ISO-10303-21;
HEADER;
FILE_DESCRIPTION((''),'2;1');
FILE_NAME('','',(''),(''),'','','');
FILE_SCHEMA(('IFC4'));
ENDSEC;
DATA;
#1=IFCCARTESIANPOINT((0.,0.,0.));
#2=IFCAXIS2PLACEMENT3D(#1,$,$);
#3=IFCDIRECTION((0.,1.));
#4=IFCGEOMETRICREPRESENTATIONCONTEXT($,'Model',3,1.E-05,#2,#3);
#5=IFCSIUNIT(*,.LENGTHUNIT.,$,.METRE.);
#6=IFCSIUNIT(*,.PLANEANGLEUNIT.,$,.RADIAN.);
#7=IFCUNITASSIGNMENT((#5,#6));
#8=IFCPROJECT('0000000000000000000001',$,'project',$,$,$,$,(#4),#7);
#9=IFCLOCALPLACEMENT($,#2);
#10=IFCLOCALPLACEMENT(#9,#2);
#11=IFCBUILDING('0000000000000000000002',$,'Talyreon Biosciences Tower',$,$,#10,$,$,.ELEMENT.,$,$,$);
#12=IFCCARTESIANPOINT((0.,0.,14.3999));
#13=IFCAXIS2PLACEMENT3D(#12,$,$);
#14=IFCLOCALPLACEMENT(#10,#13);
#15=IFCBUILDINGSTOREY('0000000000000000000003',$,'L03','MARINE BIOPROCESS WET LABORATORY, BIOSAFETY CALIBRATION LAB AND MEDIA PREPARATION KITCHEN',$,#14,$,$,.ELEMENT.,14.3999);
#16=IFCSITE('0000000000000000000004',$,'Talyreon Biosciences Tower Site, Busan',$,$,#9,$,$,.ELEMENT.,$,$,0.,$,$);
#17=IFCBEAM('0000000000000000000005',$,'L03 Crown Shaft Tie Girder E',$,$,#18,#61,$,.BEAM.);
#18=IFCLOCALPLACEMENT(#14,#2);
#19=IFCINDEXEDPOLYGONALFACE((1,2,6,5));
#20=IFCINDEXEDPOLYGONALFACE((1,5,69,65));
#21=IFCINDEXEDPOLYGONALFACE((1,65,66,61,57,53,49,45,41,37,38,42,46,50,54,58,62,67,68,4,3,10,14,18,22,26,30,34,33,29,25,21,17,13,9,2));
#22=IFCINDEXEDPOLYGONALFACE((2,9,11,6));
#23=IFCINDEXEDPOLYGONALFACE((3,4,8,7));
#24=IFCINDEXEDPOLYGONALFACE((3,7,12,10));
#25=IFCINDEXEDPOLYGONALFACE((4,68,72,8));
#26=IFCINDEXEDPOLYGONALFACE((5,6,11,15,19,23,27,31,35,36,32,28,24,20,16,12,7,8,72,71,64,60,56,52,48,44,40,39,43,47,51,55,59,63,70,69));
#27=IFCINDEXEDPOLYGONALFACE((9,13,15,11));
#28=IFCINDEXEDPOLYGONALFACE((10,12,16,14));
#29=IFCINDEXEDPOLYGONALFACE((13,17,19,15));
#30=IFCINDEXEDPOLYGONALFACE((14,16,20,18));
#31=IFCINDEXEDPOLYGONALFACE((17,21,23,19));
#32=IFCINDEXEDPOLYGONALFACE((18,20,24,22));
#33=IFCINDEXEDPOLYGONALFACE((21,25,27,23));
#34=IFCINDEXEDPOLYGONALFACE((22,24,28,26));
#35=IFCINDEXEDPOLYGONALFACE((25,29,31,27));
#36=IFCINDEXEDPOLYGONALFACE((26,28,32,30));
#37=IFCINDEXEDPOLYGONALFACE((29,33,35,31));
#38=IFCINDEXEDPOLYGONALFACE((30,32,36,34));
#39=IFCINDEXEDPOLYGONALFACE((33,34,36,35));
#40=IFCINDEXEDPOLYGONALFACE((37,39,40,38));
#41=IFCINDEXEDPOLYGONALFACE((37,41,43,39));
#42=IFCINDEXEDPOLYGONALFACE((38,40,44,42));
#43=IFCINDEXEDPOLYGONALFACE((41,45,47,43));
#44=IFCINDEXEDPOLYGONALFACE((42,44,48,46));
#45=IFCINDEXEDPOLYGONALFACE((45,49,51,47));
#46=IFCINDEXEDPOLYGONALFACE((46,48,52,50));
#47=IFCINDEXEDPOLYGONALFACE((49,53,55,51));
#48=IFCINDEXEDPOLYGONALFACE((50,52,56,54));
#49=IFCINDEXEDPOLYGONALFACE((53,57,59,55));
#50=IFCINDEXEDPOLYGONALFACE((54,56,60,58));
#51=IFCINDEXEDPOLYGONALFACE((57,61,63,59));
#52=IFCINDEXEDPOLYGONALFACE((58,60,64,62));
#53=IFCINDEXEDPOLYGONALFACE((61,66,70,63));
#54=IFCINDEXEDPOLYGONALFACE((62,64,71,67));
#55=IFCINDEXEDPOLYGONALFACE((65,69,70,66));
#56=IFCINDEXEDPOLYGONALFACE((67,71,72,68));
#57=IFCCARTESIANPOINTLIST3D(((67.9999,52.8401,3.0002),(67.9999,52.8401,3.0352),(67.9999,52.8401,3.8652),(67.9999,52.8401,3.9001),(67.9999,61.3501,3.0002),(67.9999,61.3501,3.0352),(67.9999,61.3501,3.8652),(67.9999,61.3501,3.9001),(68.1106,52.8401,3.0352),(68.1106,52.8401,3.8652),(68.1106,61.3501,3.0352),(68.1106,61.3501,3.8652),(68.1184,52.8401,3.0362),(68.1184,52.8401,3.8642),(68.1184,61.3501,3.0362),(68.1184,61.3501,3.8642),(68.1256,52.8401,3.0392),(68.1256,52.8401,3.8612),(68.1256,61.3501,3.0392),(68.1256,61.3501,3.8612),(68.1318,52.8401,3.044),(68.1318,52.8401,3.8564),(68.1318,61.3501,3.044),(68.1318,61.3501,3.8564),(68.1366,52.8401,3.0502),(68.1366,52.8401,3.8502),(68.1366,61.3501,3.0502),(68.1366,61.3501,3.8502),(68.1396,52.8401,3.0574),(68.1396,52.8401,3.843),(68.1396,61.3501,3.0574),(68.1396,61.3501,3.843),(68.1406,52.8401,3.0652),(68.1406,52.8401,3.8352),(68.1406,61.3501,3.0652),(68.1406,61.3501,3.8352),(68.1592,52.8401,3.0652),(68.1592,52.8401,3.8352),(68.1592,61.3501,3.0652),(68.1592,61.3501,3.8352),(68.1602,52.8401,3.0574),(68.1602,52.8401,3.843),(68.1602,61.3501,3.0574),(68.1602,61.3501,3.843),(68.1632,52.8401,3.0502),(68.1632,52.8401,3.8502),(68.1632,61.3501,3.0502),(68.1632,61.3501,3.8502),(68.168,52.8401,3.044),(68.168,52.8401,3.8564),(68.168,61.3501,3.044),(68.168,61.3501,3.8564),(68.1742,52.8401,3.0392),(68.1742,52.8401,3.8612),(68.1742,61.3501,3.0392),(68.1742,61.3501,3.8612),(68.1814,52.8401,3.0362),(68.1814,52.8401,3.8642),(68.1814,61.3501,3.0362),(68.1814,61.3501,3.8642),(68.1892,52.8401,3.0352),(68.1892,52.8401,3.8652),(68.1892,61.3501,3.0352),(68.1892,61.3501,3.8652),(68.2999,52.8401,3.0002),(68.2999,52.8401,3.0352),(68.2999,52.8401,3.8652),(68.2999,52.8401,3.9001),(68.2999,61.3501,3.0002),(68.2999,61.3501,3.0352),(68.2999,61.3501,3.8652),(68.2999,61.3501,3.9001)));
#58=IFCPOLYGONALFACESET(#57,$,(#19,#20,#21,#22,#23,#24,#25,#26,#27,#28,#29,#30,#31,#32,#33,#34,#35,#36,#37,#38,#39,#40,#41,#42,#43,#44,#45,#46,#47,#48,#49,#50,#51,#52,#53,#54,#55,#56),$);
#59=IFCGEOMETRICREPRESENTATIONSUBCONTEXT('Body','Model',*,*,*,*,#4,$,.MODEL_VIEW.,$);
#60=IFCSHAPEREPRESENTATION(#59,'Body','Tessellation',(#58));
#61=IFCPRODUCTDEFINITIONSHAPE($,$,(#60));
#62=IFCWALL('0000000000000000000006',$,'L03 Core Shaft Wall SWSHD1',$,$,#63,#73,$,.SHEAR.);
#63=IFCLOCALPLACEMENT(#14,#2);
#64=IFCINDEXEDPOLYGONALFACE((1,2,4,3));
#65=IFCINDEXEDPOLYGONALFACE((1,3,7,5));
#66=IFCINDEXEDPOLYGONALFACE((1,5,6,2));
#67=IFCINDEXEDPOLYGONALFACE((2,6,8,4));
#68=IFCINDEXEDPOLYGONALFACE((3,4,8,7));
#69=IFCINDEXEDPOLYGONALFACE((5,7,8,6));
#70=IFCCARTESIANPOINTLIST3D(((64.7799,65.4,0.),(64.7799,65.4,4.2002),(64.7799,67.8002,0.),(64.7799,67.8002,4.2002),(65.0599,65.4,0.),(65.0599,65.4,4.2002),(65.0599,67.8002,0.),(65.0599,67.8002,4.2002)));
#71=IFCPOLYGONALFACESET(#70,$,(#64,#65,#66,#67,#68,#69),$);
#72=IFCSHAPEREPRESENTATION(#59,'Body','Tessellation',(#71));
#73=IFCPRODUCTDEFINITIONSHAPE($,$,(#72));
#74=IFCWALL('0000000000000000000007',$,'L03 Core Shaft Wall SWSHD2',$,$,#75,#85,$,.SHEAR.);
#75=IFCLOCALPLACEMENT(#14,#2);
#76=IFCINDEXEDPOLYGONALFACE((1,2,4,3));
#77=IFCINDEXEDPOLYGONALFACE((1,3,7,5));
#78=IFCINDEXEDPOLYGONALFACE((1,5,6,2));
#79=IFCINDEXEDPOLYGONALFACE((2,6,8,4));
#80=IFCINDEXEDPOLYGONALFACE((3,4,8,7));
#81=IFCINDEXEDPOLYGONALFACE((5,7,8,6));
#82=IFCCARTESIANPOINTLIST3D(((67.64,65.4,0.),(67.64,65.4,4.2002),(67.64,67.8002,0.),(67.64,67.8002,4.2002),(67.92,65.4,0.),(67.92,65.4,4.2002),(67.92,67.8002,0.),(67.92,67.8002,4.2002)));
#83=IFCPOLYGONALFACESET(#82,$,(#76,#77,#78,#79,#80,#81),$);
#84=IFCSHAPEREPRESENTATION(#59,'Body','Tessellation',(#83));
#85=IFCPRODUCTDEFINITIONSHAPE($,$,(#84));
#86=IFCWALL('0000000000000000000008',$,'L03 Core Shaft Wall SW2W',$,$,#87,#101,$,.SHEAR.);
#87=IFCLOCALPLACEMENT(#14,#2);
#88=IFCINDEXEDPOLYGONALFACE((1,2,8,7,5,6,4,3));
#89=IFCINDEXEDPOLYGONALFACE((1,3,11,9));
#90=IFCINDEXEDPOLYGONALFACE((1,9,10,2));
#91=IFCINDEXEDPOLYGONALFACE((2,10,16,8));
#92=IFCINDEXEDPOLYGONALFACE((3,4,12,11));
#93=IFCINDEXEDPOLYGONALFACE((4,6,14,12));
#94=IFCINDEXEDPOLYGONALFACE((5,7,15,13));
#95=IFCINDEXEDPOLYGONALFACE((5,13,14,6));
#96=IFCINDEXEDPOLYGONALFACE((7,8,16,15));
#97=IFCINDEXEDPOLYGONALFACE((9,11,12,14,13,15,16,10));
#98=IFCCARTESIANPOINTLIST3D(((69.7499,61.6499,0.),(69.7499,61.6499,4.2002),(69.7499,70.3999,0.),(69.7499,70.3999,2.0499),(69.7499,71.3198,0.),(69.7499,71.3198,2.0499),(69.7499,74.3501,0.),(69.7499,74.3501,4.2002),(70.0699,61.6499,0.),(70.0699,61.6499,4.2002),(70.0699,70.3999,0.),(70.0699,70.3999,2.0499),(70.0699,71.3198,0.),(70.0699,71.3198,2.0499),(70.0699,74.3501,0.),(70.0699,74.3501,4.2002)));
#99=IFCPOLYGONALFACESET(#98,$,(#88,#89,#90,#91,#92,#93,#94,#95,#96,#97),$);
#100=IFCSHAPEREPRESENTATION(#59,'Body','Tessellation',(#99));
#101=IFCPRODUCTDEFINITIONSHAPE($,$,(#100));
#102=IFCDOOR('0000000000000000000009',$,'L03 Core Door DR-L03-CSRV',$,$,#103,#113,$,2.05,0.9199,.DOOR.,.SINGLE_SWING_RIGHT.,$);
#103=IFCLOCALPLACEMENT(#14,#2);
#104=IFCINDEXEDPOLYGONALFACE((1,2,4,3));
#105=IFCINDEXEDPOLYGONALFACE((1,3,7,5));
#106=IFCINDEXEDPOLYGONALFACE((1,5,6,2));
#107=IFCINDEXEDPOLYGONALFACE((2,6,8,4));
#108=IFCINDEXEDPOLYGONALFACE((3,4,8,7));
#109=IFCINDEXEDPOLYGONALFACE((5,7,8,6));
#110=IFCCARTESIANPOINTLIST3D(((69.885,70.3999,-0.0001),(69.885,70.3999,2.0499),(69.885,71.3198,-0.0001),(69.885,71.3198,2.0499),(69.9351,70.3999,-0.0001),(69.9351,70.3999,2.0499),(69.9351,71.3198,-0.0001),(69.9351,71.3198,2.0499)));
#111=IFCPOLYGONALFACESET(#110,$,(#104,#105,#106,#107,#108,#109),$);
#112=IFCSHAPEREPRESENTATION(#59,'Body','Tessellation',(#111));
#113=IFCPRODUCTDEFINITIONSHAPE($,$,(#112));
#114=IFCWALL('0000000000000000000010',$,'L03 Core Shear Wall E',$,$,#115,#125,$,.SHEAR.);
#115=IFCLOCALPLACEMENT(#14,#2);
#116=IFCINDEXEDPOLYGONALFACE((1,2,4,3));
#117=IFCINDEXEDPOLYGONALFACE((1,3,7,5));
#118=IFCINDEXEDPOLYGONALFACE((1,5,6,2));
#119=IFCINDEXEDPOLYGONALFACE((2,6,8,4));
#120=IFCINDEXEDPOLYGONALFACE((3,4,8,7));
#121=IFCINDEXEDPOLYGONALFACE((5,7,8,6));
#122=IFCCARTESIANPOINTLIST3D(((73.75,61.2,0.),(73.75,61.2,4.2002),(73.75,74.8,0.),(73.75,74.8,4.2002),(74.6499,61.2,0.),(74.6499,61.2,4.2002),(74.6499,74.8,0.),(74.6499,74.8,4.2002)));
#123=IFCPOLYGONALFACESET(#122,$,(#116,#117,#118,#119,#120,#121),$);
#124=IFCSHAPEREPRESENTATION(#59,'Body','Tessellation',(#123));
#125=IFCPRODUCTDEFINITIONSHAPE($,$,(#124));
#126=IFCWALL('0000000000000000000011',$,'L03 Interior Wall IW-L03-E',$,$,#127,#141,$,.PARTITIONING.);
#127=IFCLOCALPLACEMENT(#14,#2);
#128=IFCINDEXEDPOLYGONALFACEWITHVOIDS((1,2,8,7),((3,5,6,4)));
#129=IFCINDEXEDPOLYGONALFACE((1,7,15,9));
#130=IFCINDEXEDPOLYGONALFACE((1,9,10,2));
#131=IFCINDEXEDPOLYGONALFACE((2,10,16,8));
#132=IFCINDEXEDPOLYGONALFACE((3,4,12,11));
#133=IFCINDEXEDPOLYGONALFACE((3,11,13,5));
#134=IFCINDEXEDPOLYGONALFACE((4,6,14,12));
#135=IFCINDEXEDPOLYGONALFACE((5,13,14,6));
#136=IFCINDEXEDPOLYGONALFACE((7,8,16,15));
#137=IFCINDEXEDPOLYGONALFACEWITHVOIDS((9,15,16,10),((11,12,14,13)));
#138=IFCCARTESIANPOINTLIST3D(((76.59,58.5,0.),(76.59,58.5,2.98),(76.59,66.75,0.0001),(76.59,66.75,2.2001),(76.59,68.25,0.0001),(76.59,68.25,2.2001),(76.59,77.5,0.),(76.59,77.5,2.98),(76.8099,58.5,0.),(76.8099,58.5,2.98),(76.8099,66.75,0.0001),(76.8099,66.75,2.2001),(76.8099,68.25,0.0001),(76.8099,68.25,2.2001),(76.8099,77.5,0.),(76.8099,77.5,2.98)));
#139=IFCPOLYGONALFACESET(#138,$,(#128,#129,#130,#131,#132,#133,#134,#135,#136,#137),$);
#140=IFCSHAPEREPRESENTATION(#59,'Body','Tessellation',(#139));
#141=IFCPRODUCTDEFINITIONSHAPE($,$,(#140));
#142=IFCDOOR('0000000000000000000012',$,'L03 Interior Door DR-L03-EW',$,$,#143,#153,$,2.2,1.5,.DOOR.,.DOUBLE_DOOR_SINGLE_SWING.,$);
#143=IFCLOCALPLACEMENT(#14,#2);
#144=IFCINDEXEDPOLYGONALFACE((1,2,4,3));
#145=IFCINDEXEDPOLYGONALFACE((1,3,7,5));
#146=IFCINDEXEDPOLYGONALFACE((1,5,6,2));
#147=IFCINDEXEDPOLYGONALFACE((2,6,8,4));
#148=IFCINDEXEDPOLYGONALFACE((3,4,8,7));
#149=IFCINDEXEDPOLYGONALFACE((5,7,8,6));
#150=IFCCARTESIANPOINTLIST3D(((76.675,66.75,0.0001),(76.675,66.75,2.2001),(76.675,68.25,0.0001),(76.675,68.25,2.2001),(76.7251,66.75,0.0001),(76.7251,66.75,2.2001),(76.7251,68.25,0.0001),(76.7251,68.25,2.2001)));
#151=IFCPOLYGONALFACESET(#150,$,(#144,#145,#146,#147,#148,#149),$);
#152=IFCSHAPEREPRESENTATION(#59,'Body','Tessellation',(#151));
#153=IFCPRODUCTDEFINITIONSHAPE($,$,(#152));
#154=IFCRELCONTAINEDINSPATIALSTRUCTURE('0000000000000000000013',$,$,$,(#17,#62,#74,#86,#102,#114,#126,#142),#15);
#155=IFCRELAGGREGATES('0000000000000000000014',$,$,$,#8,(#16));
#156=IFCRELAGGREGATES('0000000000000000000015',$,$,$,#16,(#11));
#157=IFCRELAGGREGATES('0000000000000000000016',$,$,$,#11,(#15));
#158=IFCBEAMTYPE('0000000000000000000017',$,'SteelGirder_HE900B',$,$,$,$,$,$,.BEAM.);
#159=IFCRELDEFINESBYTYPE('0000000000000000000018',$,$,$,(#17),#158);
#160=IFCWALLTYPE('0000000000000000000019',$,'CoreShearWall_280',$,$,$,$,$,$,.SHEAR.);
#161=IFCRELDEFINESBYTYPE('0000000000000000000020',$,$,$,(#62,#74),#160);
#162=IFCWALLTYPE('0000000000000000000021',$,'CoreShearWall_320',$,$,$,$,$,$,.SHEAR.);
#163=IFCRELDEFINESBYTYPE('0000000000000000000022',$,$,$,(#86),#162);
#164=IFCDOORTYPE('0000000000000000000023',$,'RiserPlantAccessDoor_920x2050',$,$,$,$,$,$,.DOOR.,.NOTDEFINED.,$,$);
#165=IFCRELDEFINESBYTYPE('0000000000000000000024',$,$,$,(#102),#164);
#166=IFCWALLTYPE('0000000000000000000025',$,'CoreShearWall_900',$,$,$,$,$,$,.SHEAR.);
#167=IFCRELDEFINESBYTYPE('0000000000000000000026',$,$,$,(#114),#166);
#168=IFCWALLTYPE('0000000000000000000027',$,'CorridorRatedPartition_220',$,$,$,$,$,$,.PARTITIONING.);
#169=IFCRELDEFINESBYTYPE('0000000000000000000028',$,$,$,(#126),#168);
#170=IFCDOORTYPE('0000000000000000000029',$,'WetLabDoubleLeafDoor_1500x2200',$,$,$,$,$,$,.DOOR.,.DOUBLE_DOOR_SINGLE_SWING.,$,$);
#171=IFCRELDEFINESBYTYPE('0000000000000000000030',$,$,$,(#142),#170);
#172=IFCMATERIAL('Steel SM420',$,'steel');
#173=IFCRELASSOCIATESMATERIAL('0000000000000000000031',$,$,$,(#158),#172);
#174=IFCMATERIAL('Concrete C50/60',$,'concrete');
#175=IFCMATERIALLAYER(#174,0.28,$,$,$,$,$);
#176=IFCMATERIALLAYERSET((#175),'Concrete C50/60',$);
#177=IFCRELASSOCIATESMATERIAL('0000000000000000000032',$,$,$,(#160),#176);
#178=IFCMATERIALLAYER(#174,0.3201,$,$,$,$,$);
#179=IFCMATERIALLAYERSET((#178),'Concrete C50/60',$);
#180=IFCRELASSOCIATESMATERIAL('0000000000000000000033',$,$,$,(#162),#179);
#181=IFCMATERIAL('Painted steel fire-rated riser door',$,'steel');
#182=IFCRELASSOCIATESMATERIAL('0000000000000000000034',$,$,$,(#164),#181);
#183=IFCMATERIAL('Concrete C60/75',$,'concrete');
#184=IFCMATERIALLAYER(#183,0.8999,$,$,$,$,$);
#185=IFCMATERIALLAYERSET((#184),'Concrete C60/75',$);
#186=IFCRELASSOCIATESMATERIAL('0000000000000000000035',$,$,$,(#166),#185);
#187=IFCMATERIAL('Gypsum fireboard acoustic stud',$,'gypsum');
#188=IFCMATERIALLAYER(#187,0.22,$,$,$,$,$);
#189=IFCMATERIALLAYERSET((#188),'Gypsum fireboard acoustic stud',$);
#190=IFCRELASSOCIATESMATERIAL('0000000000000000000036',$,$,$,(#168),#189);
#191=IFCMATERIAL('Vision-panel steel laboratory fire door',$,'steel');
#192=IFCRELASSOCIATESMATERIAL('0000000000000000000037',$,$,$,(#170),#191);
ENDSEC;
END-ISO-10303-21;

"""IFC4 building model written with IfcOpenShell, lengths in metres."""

from ifc_helpers import new_model, si_unit, direction, frame, frame_2d, origin, origin_2d, place, context, subcontext, project, spatial, rectangle, i_section, extrude, material, layer, layer_set, material_profile, profile_set, type_object, element, fill, save


model = new_model("IFC4")

# Units and contexts
model_context = context("Model", 3, precision=1e-05, world=origin(), true_north=direction((0.0, 1.0)))
body_context = subcontext(model_context, "Body", "Model", "MODEL_VIEW")
ifc_project = project(units=[si_unit("LENGTHUNIT", "METRE"), si_unit("PLANEANGLEUNIT", "RADIAN")], contexts=[model_context])

# Site, building, storey
site_placement = place(None, origin())
site = spatial("IfcSite", under=ifc_project, at=site_placement, Name="Talyreon Biosciences Tower Site, Busan", CompositionType="ELEMENT", RefElevation=0.0)
building_placement = place(site_placement, origin())
building = spatial("IfcBuilding", under=site, at=building_placement, Name="Talyreon Biosciences Tower", CompositionType="ELEMENT")
storey_placement = place(building_placement, frame((0.0, 0.0, 14.3999)))
storey = spatial("IfcBuildingStorey", under=building, at=storey_placement, Name="L03", Description="MARINE BIOPROCESS WET LABORATORY, BIOSAFETY CALIBRATION LAB AND MEDIA PREPARATION KITCHEN", CompositionType="ELEMENT", Elevation=14.3999)

# Shared definitions
ifc_material_1 = material(Name="Concrete C60/75", Category="concrete")

# Beam
ifc_material_2 = material(Name="Concrete C50/60", Category="concrete")
ifc_material_3 = material(Name="Steel SM420", Category="steel")
ifc_material_profile_1 = material_profile(ifc_material_3, i_section(OverallWidth=0.3, OverallDepth=0.8999, WebThickness=0.0186, FlangeThickness=0.0349, FilletRadius=0.03, at=origin_2d()), Name="HE900B")
ifc_profile_set_1 = profile_set([ifc_material_profile_1], Name="Steel SM420")
beam_type_1 = type_object("IfcBeamType", Name="SteelGirder_HE900B", PredefinedType="BEAM", material=ifc_profile_set_1)
beam_1_placement = place(storey_placement, frame((68.1499, 52.8401, 3.4502), z_axis=(0.0, 1.0, 0.0), x_axis=(-1.0, 0.0, 0.0)))
element("IfcBeam", 1, at=beam_1_placement, inside=storey, type_object=beam_type_1, Name="L03 Crown Shaft Tie Girder E", PredefinedType="BEAM", context=body_context, shape_type="SweptSolid", body=[
    extrude(i_section(OverallWidth=0.3, OverallDepth=0.8999, WebThickness=0.0186, FlangeThickness=0.0349, FilletRadius=0.03, at=origin_2d()), origin(), (0.0, 0.0, 1.0), 8.51),
])

# Walls
ifc_layer_1 = layer(ifc_material_2, 0.28)
ifc_layer_set_1 = layer_set([ifc_layer_1], Name="Concrete C50/60")
wall_type_1 = type_object("IfcWallType", Name="CoreShearWall_280", PredefinedType="SHEAR", material=ifc_layer_set_1)
for number, where, z_axis, x_axis, name in (
    (2, (64.9199, 65.3999, 0.0), (0.0, 0.0, 1.0), (0.0, 1.0, 0.0), "L03 Core Shaft Wall SWSHD1"),
    (3, (67.78, 65.3999, 0.0), (0.0, 0.0, 1.0), (0.0, 1.0, 0.0), "L03 Core Shaft Wall SWSHD2"),
):
    element("IfcWall", number, at=place(storey_placement, frame(where, z_axis=z_axis, x_axis=x_axis)), inside=storey, type_object=wall_type_1, Name=name, PredefinedType="SHEAR", context=body_context, shape_type="SweptSolid", body=[
        extrude(rectangle(XDim=2.4001, YDim=0.28, at=frame_2d((1.2002, 0.0))), origin(), (0.0, 0.0, 1.0), 4.2002),
    ])

# Wall, opening, door
ifc_layer_2 = layer(ifc_material_2, 0.3201)
ifc_layer_set_2 = layer_set([ifc_layer_2], Name="Concrete C50/60")
wall_type_2 = type_object("IfcWallType", Name="CoreShearWall_320", PredefinedType="SHEAR", material=ifc_layer_set_2)
wall_1_placement = place(storey_placement, frame((69.9099, 61.6499, 0.0), z_axis=(0.0, 0.0, 1.0), x_axis=(0.0, 1.0, 0.0)))
wall_1 = element("IfcWall", 4, at=wall_1_placement, inside=storey, type_object=wall_type_2, Name="L03 Core Shaft Wall SW2W", PredefinedType="SHEAR", context=body_context, shape_type="SweptSolid", body=[
    extrude(rectangle(XDim=12.7002, YDim=0.3201, at=frame_2d((6.3501, 0.0))), origin(), (0.0, 0.0, 1.0), 4.2002),
])
opening_1_placement = place(wall_1_placement, frame((8.75, 0.0, 0.0)))
opening_1 = element("IfcOpeningElement", 5, at=opening_1_placement, cuts=wall_1, PredefinedType="OPENING", context=body_context, shape_type="SweptSolid", body=[
    extrude(rectangle(XDim=0.9199, YDim=2.05, at=frame_2d((0.46, 1.0249))), frame((0.0, 0.1699, 0.0), z_axis=(0.0, -1.0, 0.0), x_axis=(1.0, 0.0, 0.0)), (0.0, 0.0, 1.0), 0.3401),
])
ifc_material_4 = material(Name="Painted steel fire-rated riser door", Category="steel")
door_type_1 = type_object("IfcDoorType", Name="RiserPlantAccessDoor_920x2050", OperationType="NOTDEFINED", PredefinedType="DOOR", material=ifc_material_4)
door_1_placement = place(opening_1_placement, origin())
door_1 = element("IfcDoor", 6, at=door_1_placement, inside=storey, type_object=door_type_1, Name="L03 Core Door DR-L03-CSRV", OperationType="SINGLE_SWING_RIGHT", OverallHeight=2.05, OverallWidth=0.9199, PredefinedType="DOOR", context=body_context, shape_type="SweptSolid", body=[
    extrude(rectangle(XDim=0.9199, YDim=2.05, at=frame_2d((0.46, 1.0249))), frame((0.0, 0.0249, 0.0), z_axis=(0.0, -1.0, 0.0), x_axis=(1.0, 0.0, 0.0)), (0.0, 0.0, 1.0), 0.05),
])
fill(opening_1, door_1)

# Wall
ifc_layer_3 = layer(ifc_material_1, 0.8999)
ifc_layer_set_3 = layer_set([ifc_layer_3], Name="Concrete C60/75")
wall_type_3 = type_object("IfcWallType", Name="CoreShearWall_900", PredefinedType="SHEAR", material=ifc_layer_set_3)
wall_2_placement = place(storey_placement, frame((74.2, 61.2, 0.0), z_axis=(0.0, 0.0, 1.0), x_axis=(0.0, 1.0, 0.0)))
element("IfcWall", 7, at=wall_2_placement, inside=storey, type_object=wall_type_3, Name="L03 Core Shear Wall E", PredefinedType="SHEAR", context=body_context, shape_type="SweptSolid", body=[
    extrude(rectangle(XDim=13.6001, YDim=0.8999, at=frame_2d((6.8, 0.0))), origin(), (0.0, 0.0, 1.0), 4.2002),
])

# Wall, opening, door
ifc_material_5 = material(Name="Gypsum fireboard acoustic stud", Category="gypsum")
ifc_layer_4 = layer(ifc_material_5, 0.22)
ifc_layer_set_4 = layer_set([ifc_layer_4], Name="Gypsum fireboard acoustic stud")
wall_type_4 = type_object("IfcWallType", Name="CorridorRatedPartition_220", PredefinedType="PARTITIONING", material=ifc_layer_set_4)
wall_3_placement = place(storey_placement, frame((76.7, 58.5, 0.0), z_axis=(0.0, 0.0, 1.0), x_axis=(0.0, 1.0, 0.0)))
wall_3 = element("IfcWall", 8, at=wall_3_placement, inside=storey, type_object=wall_type_4, Name="L03 Interior Wall IW-L03-E", PredefinedType="PARTITIONING", context=body_context, shape_type="SweptSolid", body=[
    extrude(rectangle(XDim=19.0, YDim=0.22, at=frame_2d((9.5, 0.0))), origin(), (0.0, 0.0, 1.0), 2.98),
])
opening_2_placement = place(wall_3_placement, frame((8.25, 0.0, 0.0)))
opening_2 = element("IfcOpeningElement", 9, at=opening_2_placement, cuts=wall_3, PredefinedType="OPENING", context=body_context, shape_type="SweptSolid", body=[
    extrude(rectangle(XDim=1.5, YDim=2.2, at=frame_2d((0.75, 1.1001))), frame((0.0, 0.1199, 0.0), z_axis=(0.0, -1.0, 0.0), x_axis=(1.0, 0.0, 0.0)), (0.0, 0.0, 1.0), 0.24),
])
ifc_material_6 = material(Name="Vision-panel steel laboratory fire door", Category="steel")
door_type_2 = type_object("IfcDoorType", Name="WetLabDoubleLeafDoor_1500x2200", OperationType="DOUBLE_DOOR_SINGLE_SWING", PredefinedType="DOOR", material=ifc_material_6)
door_2_placement = place(opening_2_placement, origin())
door_2 = element("IfcDoor", 10, at=door_2_placement, inside=storey, type_object=door_type_2, Name="L03 Interior Door DR-L03-EW", OperationType="DOUBLE_DOOR_SINGLE_SWING", OverallHeight=2.2, OverallWidth=1.5, PredefinedType="DOOR", context=body_context, shape_type="SweptSolid", body=[
    extrude(rectangle(XDim=1.5, YDim=2.2, at=frame_2d((0.75, 1.1001))), frame((0.0, 0.0249, 0.0), z_axis=(0.0, -1.0, 0.0), x_axis=(1.0, 0.0, 0.0)), (0.0, 0.0, 1.0), 0.05),
])
fill(opening_2, door_2)

save(model, "model.ifc")
